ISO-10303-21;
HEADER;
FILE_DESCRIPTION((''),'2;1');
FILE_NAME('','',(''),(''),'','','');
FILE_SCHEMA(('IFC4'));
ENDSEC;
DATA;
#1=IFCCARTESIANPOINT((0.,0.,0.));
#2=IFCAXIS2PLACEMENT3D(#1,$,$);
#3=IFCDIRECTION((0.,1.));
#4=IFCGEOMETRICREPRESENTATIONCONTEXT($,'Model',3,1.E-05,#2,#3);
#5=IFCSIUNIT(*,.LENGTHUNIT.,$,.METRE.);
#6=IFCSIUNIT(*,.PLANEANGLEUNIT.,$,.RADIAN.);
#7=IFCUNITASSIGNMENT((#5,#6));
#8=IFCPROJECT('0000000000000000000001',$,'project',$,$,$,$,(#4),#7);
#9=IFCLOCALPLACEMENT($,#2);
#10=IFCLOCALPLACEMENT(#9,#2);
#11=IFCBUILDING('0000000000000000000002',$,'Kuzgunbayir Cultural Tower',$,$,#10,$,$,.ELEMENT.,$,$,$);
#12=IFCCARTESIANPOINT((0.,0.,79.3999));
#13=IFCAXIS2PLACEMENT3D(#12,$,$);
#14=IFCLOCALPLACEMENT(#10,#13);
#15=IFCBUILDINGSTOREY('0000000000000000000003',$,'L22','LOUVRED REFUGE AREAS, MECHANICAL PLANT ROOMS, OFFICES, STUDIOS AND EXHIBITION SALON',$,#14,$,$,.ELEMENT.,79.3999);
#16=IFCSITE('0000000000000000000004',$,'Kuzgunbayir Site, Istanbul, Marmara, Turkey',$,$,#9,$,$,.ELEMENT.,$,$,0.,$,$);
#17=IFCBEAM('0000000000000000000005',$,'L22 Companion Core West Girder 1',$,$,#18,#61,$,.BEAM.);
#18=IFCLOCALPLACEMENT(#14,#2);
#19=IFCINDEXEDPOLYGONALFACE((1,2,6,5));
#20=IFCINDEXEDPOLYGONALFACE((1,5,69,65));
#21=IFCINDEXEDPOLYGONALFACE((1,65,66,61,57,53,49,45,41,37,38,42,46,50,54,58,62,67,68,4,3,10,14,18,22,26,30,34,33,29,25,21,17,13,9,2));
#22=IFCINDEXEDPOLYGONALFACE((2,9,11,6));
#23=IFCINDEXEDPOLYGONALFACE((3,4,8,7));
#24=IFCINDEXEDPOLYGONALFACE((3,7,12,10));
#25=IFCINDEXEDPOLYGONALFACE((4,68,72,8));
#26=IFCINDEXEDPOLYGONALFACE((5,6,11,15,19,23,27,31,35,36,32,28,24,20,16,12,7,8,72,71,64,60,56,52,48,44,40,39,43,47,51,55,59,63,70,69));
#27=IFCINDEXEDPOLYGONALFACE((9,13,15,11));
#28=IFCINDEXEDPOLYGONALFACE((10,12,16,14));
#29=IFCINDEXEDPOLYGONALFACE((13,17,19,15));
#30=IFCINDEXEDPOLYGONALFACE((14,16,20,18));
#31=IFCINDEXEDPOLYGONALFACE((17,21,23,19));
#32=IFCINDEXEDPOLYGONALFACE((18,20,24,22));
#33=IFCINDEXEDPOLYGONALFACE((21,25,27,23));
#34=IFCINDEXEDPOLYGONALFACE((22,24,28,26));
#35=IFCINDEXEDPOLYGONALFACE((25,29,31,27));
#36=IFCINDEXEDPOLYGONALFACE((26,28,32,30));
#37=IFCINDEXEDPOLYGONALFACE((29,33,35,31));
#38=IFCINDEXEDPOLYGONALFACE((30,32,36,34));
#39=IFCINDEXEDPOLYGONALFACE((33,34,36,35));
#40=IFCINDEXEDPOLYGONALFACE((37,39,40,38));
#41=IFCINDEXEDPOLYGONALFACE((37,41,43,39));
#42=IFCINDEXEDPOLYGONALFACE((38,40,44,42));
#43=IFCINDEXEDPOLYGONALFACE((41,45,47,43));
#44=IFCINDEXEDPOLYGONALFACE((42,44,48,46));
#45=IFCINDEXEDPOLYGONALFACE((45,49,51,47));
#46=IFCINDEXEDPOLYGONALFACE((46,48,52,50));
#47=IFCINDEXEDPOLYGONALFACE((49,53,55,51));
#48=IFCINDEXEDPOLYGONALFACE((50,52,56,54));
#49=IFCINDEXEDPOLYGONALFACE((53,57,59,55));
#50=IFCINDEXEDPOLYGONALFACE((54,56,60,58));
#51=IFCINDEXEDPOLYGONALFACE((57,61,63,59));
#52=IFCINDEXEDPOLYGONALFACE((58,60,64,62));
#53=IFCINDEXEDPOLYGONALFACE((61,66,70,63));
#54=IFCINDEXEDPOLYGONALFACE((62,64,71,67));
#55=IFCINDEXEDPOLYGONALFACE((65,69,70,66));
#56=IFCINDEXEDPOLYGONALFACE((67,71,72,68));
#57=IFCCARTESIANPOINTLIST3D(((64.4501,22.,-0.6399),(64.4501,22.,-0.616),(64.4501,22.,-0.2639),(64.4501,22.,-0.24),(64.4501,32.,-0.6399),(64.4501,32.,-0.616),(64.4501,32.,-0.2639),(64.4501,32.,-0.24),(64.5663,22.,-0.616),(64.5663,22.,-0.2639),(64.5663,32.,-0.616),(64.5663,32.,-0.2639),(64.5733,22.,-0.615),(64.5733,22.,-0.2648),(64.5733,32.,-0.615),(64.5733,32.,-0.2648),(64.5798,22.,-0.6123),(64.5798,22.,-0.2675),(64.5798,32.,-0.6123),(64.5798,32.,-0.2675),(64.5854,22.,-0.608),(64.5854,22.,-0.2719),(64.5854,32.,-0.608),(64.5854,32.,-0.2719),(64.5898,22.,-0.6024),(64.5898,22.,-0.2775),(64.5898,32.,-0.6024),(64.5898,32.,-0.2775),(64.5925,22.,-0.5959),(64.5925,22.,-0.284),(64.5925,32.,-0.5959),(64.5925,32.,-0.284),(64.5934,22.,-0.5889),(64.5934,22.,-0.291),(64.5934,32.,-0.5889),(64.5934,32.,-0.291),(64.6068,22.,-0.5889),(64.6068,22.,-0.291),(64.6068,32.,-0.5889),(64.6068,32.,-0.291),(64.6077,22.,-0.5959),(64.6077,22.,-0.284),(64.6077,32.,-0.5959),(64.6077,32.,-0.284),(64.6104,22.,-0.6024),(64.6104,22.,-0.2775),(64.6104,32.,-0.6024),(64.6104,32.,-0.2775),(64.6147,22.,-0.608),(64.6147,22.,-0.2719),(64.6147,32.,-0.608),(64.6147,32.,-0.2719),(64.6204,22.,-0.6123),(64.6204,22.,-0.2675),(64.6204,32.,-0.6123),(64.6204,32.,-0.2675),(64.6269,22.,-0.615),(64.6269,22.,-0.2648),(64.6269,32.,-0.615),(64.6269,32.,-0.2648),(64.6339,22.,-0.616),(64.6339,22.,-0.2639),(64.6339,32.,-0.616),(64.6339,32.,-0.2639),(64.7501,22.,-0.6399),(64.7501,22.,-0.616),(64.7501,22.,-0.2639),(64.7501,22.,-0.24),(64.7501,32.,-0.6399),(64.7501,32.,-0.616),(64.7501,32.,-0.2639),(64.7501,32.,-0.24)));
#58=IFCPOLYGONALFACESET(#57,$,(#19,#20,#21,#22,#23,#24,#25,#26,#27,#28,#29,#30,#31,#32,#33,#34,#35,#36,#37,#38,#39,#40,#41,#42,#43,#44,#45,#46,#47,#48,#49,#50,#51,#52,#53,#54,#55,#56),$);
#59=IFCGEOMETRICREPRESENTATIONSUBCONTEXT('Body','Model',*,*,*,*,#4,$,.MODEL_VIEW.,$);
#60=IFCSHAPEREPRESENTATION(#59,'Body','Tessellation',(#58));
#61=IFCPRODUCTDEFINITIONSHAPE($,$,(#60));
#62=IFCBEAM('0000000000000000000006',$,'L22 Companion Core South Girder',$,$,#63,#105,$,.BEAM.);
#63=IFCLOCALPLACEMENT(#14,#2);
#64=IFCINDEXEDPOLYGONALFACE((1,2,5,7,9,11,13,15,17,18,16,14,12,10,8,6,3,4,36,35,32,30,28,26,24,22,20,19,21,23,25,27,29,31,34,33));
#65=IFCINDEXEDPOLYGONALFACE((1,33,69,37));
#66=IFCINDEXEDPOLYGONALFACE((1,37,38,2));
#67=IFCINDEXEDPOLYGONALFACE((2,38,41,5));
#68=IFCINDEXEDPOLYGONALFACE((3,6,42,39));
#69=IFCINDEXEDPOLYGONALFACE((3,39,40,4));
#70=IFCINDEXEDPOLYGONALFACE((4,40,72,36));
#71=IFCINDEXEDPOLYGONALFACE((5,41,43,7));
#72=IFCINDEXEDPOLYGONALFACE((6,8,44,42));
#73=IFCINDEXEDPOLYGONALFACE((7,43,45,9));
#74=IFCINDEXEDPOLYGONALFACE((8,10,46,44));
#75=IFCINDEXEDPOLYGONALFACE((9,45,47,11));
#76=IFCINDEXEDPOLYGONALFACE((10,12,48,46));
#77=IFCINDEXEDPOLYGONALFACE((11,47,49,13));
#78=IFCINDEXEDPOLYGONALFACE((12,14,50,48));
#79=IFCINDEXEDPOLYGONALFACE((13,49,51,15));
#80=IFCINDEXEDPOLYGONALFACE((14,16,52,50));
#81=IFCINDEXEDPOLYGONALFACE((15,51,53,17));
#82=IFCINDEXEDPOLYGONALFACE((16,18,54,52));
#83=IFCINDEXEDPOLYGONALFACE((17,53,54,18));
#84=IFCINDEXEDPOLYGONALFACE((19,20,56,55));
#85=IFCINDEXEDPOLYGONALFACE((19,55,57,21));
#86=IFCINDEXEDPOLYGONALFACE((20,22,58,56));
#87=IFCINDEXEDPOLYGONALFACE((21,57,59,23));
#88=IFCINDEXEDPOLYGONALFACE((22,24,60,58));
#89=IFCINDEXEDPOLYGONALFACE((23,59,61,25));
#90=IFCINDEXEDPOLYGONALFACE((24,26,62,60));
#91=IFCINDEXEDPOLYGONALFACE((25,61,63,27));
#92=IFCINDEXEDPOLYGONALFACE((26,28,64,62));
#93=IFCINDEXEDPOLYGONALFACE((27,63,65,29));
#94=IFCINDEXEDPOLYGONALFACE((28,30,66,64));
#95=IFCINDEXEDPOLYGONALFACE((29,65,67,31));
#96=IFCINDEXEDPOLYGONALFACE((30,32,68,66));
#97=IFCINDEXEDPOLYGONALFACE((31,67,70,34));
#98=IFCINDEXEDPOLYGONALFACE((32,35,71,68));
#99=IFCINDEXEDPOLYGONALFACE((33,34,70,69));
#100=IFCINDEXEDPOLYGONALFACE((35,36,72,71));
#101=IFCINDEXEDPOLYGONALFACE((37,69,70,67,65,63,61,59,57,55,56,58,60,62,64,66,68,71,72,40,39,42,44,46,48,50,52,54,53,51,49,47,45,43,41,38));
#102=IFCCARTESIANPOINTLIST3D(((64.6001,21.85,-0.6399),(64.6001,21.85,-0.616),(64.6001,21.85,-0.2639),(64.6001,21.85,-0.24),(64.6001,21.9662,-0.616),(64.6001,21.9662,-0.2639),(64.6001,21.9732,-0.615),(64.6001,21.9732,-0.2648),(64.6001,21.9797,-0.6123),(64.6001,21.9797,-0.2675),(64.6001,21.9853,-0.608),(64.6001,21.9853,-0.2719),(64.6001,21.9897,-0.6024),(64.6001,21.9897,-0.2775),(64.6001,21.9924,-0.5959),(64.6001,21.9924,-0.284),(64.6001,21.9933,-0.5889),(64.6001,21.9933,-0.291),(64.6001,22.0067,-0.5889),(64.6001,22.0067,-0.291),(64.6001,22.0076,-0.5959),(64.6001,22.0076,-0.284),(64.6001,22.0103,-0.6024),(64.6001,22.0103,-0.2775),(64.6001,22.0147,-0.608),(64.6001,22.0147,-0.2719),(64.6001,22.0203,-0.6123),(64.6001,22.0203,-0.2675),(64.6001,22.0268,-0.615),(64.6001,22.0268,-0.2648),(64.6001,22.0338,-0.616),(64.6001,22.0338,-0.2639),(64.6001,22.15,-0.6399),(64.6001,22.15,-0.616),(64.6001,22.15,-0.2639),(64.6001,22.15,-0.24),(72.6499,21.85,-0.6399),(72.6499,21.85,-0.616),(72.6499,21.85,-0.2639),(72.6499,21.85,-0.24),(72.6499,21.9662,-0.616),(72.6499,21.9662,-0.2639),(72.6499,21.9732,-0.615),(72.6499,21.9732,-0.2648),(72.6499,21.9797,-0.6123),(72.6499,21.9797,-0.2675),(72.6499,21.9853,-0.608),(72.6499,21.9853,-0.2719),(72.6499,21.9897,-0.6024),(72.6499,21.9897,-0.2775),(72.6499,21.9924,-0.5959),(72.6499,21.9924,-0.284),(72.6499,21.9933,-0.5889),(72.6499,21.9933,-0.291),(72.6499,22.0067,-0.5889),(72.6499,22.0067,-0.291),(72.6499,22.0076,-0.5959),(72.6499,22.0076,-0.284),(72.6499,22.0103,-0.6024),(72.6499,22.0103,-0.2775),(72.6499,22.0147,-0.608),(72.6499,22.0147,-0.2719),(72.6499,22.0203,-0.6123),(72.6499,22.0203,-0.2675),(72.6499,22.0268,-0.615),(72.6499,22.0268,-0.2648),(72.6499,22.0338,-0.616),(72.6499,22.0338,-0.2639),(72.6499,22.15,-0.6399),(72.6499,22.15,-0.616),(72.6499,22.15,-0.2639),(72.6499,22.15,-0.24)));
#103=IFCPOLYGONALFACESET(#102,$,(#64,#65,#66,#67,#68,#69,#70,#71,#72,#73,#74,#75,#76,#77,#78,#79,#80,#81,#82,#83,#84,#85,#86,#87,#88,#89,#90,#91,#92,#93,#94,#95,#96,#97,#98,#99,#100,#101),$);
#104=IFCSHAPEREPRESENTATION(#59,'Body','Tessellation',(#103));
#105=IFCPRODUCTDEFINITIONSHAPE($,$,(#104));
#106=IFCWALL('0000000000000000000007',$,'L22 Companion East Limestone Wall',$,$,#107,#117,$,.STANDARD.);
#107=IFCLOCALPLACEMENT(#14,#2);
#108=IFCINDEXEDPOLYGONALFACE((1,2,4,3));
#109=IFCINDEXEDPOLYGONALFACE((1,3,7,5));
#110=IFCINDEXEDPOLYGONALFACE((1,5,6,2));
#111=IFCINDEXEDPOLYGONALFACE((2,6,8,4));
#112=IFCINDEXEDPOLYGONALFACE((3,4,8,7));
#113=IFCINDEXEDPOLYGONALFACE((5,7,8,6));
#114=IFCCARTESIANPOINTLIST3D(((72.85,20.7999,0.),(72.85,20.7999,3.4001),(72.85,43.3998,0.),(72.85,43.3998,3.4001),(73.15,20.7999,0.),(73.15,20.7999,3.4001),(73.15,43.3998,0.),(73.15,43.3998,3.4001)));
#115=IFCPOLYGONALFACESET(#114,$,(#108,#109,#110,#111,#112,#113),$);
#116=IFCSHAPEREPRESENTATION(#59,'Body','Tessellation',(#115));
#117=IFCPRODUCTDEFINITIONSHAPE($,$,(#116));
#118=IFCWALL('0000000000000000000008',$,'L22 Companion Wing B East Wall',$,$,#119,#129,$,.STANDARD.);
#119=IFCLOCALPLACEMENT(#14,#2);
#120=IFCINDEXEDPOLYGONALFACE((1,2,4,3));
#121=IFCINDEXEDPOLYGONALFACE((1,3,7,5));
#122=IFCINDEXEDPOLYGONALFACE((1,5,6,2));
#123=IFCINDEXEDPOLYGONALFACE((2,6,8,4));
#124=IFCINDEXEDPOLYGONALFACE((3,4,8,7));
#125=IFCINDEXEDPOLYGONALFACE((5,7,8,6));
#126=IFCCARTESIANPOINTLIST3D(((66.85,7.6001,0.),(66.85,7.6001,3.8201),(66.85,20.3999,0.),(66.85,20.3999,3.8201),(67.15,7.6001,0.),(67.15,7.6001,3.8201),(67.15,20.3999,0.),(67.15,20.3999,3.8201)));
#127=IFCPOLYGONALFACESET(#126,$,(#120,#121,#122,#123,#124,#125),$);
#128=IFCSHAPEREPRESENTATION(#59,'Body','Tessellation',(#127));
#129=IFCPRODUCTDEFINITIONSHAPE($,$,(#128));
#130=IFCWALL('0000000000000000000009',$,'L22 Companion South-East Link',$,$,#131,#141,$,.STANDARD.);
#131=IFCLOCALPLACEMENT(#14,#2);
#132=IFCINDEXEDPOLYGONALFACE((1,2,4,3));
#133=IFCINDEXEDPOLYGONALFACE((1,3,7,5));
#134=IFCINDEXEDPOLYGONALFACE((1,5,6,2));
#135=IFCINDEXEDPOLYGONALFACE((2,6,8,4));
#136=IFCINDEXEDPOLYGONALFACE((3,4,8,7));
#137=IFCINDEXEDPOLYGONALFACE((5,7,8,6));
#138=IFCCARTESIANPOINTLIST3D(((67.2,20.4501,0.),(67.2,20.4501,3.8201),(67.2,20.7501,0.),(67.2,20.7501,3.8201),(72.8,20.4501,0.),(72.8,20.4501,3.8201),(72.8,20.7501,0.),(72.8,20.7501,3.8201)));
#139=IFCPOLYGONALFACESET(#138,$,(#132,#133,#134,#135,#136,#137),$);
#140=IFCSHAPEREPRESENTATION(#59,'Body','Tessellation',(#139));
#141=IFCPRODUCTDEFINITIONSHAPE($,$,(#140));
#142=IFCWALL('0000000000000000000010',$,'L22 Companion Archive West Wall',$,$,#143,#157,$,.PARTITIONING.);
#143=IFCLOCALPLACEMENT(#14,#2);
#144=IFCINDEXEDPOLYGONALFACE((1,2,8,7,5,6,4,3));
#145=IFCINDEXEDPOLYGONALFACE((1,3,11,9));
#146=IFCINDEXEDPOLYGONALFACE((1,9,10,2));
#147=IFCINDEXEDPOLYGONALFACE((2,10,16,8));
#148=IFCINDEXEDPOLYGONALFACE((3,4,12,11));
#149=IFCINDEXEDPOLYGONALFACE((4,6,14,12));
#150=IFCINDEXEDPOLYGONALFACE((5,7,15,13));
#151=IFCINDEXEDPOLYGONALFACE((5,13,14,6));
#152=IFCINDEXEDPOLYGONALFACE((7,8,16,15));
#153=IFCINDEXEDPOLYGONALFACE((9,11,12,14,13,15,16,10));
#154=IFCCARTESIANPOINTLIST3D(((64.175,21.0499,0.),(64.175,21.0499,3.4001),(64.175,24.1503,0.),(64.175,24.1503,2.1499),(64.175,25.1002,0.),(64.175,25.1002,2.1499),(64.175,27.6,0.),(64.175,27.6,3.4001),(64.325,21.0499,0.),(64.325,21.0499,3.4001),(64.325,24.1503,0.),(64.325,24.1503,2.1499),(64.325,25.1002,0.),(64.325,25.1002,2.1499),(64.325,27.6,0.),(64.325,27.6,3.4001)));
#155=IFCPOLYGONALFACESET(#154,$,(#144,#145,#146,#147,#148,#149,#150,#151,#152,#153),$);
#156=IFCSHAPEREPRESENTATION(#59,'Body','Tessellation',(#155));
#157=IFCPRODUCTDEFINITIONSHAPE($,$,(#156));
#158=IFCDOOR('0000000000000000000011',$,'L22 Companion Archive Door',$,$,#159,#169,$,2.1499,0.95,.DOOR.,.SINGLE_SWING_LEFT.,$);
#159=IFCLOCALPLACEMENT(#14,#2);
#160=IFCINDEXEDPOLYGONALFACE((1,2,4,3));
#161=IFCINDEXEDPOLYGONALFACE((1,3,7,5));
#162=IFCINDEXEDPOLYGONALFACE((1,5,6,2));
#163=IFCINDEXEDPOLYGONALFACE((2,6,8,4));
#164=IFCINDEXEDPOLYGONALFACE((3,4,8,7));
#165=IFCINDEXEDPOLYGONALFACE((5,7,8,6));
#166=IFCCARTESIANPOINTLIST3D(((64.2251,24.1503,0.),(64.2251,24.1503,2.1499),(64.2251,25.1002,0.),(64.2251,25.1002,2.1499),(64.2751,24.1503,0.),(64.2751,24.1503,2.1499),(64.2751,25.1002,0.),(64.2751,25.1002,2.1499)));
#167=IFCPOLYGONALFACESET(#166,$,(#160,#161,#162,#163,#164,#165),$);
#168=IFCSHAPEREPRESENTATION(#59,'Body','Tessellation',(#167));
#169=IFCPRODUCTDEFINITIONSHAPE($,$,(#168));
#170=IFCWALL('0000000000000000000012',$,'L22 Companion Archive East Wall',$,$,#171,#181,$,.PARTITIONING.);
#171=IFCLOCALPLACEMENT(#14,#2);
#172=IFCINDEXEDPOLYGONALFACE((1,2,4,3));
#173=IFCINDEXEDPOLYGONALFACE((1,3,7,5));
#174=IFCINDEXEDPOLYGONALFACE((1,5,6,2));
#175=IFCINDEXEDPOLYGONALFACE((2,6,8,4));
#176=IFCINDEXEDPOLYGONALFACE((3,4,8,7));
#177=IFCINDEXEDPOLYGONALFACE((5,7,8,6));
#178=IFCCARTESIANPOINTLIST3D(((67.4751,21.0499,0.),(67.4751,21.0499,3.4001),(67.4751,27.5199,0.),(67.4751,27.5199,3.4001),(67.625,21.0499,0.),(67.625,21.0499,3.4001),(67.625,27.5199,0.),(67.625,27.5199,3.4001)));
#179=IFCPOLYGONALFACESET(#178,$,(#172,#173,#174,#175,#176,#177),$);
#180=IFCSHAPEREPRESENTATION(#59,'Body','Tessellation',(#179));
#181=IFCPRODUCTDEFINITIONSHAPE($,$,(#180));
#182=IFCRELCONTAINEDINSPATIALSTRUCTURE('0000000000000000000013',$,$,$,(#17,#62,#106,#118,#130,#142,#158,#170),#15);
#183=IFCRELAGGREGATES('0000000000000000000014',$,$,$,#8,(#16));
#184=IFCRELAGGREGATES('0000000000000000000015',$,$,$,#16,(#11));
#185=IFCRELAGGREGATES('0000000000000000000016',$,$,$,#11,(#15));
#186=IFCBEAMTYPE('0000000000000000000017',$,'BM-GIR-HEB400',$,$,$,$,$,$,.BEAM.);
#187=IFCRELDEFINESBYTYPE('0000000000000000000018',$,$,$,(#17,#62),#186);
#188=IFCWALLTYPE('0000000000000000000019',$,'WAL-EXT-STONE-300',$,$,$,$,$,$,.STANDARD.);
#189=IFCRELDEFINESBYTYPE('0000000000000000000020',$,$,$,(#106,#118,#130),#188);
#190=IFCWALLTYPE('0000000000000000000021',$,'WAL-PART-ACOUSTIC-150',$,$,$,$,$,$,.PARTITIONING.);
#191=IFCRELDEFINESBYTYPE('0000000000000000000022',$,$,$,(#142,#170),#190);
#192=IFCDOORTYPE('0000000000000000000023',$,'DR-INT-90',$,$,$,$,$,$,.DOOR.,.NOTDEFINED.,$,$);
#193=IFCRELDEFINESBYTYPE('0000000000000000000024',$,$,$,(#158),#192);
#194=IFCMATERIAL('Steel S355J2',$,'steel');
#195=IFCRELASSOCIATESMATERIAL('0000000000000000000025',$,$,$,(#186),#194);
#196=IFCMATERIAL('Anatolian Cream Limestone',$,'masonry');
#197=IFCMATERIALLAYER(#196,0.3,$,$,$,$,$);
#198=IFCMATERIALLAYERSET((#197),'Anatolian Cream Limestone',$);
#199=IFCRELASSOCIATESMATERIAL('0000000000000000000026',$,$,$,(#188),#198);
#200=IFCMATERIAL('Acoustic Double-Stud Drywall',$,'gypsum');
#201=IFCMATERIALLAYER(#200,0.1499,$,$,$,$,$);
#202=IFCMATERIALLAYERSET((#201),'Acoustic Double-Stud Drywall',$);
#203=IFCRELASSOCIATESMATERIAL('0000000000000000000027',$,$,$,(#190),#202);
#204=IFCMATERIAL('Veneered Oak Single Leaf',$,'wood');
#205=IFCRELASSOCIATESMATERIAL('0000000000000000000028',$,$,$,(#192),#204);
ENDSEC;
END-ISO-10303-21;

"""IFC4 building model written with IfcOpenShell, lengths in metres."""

from ifc_helpers import new_model, si_unit, direction, frame, frame_2d, origin, origin_2d, place, context, subcontext, project, spatial, rectangle, i_section, extrude, material, layer, layer_set, material_profile, profile_set, type_object, element, fill, save


model = new_model("IFC4")

# Units and contexts
model_context = context("Model", 3, precision=1e-05, world=origin(), true_north=direction((0.0, 1.0)))
body_context = subcontext(model_context, "Body", "Model", "MODEL_VIEW")
ifc_project = project(units=[si_unit("LENGTHUNIT", "METRE"), si_unit("PLANEANGLEUNIT", "RADIAN")], contexts=[model_context])

# Site, building, storey
site_placement = place(None, origin())
site = spatial("IfcSite", under=ifc_project, at=site_placement, Name="Kuzgunbayir Site, Istanbul, Marmara, Turkey", CompositionType="ELEMENT", RefElevation=0.0)
building_placement = place(site_placement, origin())
building = spatial("IfcBuilding", under=site, at=building_placement, Name="Kuzgunbayir Cultural Tower", CompositionType="ELEMENT")
storey_placement = place(building_placement, frame((0.0, 0.0, 79.3999)))
storey = spatial("IfcBuildingStorey", under=building, at=storey_placement, Name="L22", Description="LOUVRED REFUGE AREAS, MECHANICAL PLANT ROOMS, OFFICES, STUDIOS AND EXHIBITION SALON", CompositionType="ELEMENT", Elevation=79.3999)

# Beams
ifc_material_1 = material(Name="Steel S355J2", Category="steel")
ifc_material_profile_1 = material_profile(ifc_material_1, i_section(OverallWidth=0.3, OverallDepth=0.3999, WebThickness=0.0134, FlangeThickness=0.0239, FilletRadius=0.0271, at=origin_2d()), Name="HEB 400")
ifc_profile_set_1 = profile_set([ifc_material_profile_1], Name="Steel S355J2")
beam_type_1 = type_object("IfcBeamType", Name="BM-GIR-HEB400", PredefinedType="BEAM", material=ifc_profile_set_1)
beam_1_placement = place(storey_placement, frame((64.6001, 22.0, -0.4399), z_axis=(0.0, 1.0, 0.0), x_axis=(-1.0, 0.0, 0.0)))
element("IfcBeam", 1, at=beam_1_placement, inside=storey, type_object=beam_type_1, Name="L22 Companion Core West Girder 1", PredefinedType="BEAM", context=body_context, shape_type="SweptSolid", body=[
    extrude(i_section(OverallWidth=0.3, OverallDepth=0.3999, WebThickness=0.0134, FlangeThickness=0.0239, FilletRadius=0.0271, at=origin_2d()), origin(), (0.0, 0.0, 1.0), 10.0),
])
beam_2_placement = place(storey_placement, frame((64.6001, 22.0, -0.4399), z_axis=(1.0, 0.0, 0.0), x_axis=(0.0, 1.0, 0.0)))
element("IfcBeam", 2, at=beam_2_placement, inside=storey, type_object=beam_type_1, Name="L22 Companion Core South Girder", PredefinedType="BEAM", context=body_context, shape_type="SweptSolid", body=[
    extrude(i_section(OverallWidth=0.3, OverallDepth=0.3999, WebThickness=0.0134, FlangeThickness=0.0239, FilletRadius=0.0271, at=origin_2d()), origin(), (0.0, 0.0, 1.0), 8.0498),
])

# Walls
ifc_material_2 = material(Name="Anatolian Cream Limestone", Category="masonry")
ifc_layer_1 = layer(ifc_material_2, 0.3)
ifc_layer_set_1 = layer_set([ifc_layer_1], Name="Anatolian Cream Limestone")
wall_type_1 = type_object("IfcWallType", Name="WAL-EXT-STONE-300", PredefinedType="STANDARD", material=ifc_layer_set_1)
wall_1_placement = place(storey_placement, frame((73.0, 20.8, 0.0), z_axis=(0.0, 0.0, 1.0), x_axis=(0.0, 1.0, 0.0)))
element("IfcWall", 3, at=wall_1_placement, inside=storey, type_object=wall_type_1, Name="L22 Companion East Limestone Wall", PredefinedType="STANDARD", context=body_context, shape_type="SweptSolid", body=[
    extrude(rectangle(XDim=22.5999, YDim=0.3, at=frame_2d((11.2998, 0.0))), origin(), (0.0, 0.0, 1.0), 3.4001),
])
wall_2_placement = place(storey_placement, frame((67.0, 7.6001, 0.0), z_axis=(0.0, 0.0, 1.0), x_axis=(0.0, 1.0, 0.0)))
element("IfcWall", 4, at=wall_2_placement, inside=storey, type_object=wall_type_1, Name="L22 Companion Wing B East Wall", PredefinedType="STANDARD", context=body_context, shape_type="SweptSolid", body=[
    extrude(rectangle(XDim=12.7998, YDim=0.3, at=frame_2d((6.3999, 0.0))), origin(), (0.0, 0.0, 1.0), 3.8201),
])
wall_3_placement = place(storey_placement, frame((67.2, 20.6001, 0.0), z_axis=(0.0, 0.0, 1.0), x_axis=(1.0, 0.0, 0.0)))
element("IfcWall", 5, at=wall_3_placement, inside=storey, type_object=wall_type_1, Name="L22 Companion South-East Link", PredefinedType="STANDARD", context=body_context, shape_type="SweptSolid", body=[
    extrude(rectangle(XDim=5.6001, YDim=0.3, at=frame_2d((2.8, 0.0))), origin(), (0.0, 0.0, 1.0), 3.8201),
])

# Wall, opening, door
ifc_material_3 = material(Name="Acoustic Double-Stud Drywall", Category="gypsum")
ifc_layer_2 = layer(ifc_material_3, 0.1499)
ifc_layer_set_2 = layer_set([ifc_layer_2], Name="Acoustic Double-Stud Drywall")
wall_type_2 = type_object("IfcWallType", Name="WAL-PART-ACOUSTIC-150", PredefinedType="PARTITIONING", material=ifc_layer_set_2)
wall_4_placement = place(storey_placement, frame((64.25, 21.05, 0.0), z_axis=(0.0, 0.0, 1.0), x_axis=(0.0, 1.0, 0.0)))
wall_4 = element("IfcWall", 6, at=wall_4_placement, inside=storey, type_object=wall_type_2, Name="L22 Companion Archive West Wall", PredefinedType="PARTITIONING", context=body_context, shape_type="SweptSolid", body=[
    extrude(rectangle(XDim=6.55, YDim=0.1499, at=frame_2d((3.2749, 0.0))), origin(), (0.0, 0.0, 1.0), 3.4001),
])
opening_1_placement = place(wall_4_placement, frame((3.1001, 0.0, 0.0)))
opening_1 = element("IfcOpeningElement", 7, at=opening_1_placement, cuts=wall_4, PredefinedType="OPENING", context=body_context, shape_type="SweptSolid", body=[
    extrude(rectangle(XDim=0.95, YDim=2.1499, at=frame_2d((0.4751, 1.075))), frame((0.0, 0.085, 0.0), z_axis=(0.0, -1.0, 0.0), x_axis=(1.0, 0.0, 0.0)), (0.0, 0.0, 1.0), 0.1699),
])
ifc_material_4 = material(Name="Veneered Oak Single Leaf", Category="wood")
door_type_1 = type_object("IfcDoorType", Name="DR-INT-90", OperationType="NOTDEFINED", PredefinedType="DOOR", material=ifc_material_4)
door_1_placement = place(opening_1_placement, origin())
door_1 = element("IfcDoor", 8, at=door_1_placement, inside=storey, type_object=door_type_1, Name="L22 Companion Archive Door", OperationType="SINGLE_SWING_LEFT", OverallHeight=2.1499, OverallWidth=0.95, PredefinedType="DOOR", context=body_context, shape_type="SweptSolid", body=[
    extrude(rectangle(XDim=0.95, YDim=2.1499, at=frame_2d((0.4751, 1.075))), frame((0.0, 0.0249, 0.0), z_axis=(0.0, -1.0, 0.0), x_axis=(1.0, 0.0, 0.0)), (0.0, 0.0, 1.0), 0.05),
])
fill(opening_1, door_1)

# Wall
wall_5_placement = place(storey_placement, frame((67.55, 21.05, 0.0), z_axis=(0.0, 0.0, 1.0), x_axis=(0.0, 1.0, 0.0)))
element("IfcWall", 9, at=wall_5_placement, inside=storey, type_object=wall_type_2, Name="L22 Companion Archive East Wall", PredefinedType="PARTITIONING", context=body_context, shape_type="SweptSolid", body=[
    extrude(rectangle(XDim=6.47, YDim=0.1499, at=frame_2d((3.2349, 0.0))), origin(), (0.0, 0.0, 1.0), 3.4001),
])

save(model, "model.ifc")
